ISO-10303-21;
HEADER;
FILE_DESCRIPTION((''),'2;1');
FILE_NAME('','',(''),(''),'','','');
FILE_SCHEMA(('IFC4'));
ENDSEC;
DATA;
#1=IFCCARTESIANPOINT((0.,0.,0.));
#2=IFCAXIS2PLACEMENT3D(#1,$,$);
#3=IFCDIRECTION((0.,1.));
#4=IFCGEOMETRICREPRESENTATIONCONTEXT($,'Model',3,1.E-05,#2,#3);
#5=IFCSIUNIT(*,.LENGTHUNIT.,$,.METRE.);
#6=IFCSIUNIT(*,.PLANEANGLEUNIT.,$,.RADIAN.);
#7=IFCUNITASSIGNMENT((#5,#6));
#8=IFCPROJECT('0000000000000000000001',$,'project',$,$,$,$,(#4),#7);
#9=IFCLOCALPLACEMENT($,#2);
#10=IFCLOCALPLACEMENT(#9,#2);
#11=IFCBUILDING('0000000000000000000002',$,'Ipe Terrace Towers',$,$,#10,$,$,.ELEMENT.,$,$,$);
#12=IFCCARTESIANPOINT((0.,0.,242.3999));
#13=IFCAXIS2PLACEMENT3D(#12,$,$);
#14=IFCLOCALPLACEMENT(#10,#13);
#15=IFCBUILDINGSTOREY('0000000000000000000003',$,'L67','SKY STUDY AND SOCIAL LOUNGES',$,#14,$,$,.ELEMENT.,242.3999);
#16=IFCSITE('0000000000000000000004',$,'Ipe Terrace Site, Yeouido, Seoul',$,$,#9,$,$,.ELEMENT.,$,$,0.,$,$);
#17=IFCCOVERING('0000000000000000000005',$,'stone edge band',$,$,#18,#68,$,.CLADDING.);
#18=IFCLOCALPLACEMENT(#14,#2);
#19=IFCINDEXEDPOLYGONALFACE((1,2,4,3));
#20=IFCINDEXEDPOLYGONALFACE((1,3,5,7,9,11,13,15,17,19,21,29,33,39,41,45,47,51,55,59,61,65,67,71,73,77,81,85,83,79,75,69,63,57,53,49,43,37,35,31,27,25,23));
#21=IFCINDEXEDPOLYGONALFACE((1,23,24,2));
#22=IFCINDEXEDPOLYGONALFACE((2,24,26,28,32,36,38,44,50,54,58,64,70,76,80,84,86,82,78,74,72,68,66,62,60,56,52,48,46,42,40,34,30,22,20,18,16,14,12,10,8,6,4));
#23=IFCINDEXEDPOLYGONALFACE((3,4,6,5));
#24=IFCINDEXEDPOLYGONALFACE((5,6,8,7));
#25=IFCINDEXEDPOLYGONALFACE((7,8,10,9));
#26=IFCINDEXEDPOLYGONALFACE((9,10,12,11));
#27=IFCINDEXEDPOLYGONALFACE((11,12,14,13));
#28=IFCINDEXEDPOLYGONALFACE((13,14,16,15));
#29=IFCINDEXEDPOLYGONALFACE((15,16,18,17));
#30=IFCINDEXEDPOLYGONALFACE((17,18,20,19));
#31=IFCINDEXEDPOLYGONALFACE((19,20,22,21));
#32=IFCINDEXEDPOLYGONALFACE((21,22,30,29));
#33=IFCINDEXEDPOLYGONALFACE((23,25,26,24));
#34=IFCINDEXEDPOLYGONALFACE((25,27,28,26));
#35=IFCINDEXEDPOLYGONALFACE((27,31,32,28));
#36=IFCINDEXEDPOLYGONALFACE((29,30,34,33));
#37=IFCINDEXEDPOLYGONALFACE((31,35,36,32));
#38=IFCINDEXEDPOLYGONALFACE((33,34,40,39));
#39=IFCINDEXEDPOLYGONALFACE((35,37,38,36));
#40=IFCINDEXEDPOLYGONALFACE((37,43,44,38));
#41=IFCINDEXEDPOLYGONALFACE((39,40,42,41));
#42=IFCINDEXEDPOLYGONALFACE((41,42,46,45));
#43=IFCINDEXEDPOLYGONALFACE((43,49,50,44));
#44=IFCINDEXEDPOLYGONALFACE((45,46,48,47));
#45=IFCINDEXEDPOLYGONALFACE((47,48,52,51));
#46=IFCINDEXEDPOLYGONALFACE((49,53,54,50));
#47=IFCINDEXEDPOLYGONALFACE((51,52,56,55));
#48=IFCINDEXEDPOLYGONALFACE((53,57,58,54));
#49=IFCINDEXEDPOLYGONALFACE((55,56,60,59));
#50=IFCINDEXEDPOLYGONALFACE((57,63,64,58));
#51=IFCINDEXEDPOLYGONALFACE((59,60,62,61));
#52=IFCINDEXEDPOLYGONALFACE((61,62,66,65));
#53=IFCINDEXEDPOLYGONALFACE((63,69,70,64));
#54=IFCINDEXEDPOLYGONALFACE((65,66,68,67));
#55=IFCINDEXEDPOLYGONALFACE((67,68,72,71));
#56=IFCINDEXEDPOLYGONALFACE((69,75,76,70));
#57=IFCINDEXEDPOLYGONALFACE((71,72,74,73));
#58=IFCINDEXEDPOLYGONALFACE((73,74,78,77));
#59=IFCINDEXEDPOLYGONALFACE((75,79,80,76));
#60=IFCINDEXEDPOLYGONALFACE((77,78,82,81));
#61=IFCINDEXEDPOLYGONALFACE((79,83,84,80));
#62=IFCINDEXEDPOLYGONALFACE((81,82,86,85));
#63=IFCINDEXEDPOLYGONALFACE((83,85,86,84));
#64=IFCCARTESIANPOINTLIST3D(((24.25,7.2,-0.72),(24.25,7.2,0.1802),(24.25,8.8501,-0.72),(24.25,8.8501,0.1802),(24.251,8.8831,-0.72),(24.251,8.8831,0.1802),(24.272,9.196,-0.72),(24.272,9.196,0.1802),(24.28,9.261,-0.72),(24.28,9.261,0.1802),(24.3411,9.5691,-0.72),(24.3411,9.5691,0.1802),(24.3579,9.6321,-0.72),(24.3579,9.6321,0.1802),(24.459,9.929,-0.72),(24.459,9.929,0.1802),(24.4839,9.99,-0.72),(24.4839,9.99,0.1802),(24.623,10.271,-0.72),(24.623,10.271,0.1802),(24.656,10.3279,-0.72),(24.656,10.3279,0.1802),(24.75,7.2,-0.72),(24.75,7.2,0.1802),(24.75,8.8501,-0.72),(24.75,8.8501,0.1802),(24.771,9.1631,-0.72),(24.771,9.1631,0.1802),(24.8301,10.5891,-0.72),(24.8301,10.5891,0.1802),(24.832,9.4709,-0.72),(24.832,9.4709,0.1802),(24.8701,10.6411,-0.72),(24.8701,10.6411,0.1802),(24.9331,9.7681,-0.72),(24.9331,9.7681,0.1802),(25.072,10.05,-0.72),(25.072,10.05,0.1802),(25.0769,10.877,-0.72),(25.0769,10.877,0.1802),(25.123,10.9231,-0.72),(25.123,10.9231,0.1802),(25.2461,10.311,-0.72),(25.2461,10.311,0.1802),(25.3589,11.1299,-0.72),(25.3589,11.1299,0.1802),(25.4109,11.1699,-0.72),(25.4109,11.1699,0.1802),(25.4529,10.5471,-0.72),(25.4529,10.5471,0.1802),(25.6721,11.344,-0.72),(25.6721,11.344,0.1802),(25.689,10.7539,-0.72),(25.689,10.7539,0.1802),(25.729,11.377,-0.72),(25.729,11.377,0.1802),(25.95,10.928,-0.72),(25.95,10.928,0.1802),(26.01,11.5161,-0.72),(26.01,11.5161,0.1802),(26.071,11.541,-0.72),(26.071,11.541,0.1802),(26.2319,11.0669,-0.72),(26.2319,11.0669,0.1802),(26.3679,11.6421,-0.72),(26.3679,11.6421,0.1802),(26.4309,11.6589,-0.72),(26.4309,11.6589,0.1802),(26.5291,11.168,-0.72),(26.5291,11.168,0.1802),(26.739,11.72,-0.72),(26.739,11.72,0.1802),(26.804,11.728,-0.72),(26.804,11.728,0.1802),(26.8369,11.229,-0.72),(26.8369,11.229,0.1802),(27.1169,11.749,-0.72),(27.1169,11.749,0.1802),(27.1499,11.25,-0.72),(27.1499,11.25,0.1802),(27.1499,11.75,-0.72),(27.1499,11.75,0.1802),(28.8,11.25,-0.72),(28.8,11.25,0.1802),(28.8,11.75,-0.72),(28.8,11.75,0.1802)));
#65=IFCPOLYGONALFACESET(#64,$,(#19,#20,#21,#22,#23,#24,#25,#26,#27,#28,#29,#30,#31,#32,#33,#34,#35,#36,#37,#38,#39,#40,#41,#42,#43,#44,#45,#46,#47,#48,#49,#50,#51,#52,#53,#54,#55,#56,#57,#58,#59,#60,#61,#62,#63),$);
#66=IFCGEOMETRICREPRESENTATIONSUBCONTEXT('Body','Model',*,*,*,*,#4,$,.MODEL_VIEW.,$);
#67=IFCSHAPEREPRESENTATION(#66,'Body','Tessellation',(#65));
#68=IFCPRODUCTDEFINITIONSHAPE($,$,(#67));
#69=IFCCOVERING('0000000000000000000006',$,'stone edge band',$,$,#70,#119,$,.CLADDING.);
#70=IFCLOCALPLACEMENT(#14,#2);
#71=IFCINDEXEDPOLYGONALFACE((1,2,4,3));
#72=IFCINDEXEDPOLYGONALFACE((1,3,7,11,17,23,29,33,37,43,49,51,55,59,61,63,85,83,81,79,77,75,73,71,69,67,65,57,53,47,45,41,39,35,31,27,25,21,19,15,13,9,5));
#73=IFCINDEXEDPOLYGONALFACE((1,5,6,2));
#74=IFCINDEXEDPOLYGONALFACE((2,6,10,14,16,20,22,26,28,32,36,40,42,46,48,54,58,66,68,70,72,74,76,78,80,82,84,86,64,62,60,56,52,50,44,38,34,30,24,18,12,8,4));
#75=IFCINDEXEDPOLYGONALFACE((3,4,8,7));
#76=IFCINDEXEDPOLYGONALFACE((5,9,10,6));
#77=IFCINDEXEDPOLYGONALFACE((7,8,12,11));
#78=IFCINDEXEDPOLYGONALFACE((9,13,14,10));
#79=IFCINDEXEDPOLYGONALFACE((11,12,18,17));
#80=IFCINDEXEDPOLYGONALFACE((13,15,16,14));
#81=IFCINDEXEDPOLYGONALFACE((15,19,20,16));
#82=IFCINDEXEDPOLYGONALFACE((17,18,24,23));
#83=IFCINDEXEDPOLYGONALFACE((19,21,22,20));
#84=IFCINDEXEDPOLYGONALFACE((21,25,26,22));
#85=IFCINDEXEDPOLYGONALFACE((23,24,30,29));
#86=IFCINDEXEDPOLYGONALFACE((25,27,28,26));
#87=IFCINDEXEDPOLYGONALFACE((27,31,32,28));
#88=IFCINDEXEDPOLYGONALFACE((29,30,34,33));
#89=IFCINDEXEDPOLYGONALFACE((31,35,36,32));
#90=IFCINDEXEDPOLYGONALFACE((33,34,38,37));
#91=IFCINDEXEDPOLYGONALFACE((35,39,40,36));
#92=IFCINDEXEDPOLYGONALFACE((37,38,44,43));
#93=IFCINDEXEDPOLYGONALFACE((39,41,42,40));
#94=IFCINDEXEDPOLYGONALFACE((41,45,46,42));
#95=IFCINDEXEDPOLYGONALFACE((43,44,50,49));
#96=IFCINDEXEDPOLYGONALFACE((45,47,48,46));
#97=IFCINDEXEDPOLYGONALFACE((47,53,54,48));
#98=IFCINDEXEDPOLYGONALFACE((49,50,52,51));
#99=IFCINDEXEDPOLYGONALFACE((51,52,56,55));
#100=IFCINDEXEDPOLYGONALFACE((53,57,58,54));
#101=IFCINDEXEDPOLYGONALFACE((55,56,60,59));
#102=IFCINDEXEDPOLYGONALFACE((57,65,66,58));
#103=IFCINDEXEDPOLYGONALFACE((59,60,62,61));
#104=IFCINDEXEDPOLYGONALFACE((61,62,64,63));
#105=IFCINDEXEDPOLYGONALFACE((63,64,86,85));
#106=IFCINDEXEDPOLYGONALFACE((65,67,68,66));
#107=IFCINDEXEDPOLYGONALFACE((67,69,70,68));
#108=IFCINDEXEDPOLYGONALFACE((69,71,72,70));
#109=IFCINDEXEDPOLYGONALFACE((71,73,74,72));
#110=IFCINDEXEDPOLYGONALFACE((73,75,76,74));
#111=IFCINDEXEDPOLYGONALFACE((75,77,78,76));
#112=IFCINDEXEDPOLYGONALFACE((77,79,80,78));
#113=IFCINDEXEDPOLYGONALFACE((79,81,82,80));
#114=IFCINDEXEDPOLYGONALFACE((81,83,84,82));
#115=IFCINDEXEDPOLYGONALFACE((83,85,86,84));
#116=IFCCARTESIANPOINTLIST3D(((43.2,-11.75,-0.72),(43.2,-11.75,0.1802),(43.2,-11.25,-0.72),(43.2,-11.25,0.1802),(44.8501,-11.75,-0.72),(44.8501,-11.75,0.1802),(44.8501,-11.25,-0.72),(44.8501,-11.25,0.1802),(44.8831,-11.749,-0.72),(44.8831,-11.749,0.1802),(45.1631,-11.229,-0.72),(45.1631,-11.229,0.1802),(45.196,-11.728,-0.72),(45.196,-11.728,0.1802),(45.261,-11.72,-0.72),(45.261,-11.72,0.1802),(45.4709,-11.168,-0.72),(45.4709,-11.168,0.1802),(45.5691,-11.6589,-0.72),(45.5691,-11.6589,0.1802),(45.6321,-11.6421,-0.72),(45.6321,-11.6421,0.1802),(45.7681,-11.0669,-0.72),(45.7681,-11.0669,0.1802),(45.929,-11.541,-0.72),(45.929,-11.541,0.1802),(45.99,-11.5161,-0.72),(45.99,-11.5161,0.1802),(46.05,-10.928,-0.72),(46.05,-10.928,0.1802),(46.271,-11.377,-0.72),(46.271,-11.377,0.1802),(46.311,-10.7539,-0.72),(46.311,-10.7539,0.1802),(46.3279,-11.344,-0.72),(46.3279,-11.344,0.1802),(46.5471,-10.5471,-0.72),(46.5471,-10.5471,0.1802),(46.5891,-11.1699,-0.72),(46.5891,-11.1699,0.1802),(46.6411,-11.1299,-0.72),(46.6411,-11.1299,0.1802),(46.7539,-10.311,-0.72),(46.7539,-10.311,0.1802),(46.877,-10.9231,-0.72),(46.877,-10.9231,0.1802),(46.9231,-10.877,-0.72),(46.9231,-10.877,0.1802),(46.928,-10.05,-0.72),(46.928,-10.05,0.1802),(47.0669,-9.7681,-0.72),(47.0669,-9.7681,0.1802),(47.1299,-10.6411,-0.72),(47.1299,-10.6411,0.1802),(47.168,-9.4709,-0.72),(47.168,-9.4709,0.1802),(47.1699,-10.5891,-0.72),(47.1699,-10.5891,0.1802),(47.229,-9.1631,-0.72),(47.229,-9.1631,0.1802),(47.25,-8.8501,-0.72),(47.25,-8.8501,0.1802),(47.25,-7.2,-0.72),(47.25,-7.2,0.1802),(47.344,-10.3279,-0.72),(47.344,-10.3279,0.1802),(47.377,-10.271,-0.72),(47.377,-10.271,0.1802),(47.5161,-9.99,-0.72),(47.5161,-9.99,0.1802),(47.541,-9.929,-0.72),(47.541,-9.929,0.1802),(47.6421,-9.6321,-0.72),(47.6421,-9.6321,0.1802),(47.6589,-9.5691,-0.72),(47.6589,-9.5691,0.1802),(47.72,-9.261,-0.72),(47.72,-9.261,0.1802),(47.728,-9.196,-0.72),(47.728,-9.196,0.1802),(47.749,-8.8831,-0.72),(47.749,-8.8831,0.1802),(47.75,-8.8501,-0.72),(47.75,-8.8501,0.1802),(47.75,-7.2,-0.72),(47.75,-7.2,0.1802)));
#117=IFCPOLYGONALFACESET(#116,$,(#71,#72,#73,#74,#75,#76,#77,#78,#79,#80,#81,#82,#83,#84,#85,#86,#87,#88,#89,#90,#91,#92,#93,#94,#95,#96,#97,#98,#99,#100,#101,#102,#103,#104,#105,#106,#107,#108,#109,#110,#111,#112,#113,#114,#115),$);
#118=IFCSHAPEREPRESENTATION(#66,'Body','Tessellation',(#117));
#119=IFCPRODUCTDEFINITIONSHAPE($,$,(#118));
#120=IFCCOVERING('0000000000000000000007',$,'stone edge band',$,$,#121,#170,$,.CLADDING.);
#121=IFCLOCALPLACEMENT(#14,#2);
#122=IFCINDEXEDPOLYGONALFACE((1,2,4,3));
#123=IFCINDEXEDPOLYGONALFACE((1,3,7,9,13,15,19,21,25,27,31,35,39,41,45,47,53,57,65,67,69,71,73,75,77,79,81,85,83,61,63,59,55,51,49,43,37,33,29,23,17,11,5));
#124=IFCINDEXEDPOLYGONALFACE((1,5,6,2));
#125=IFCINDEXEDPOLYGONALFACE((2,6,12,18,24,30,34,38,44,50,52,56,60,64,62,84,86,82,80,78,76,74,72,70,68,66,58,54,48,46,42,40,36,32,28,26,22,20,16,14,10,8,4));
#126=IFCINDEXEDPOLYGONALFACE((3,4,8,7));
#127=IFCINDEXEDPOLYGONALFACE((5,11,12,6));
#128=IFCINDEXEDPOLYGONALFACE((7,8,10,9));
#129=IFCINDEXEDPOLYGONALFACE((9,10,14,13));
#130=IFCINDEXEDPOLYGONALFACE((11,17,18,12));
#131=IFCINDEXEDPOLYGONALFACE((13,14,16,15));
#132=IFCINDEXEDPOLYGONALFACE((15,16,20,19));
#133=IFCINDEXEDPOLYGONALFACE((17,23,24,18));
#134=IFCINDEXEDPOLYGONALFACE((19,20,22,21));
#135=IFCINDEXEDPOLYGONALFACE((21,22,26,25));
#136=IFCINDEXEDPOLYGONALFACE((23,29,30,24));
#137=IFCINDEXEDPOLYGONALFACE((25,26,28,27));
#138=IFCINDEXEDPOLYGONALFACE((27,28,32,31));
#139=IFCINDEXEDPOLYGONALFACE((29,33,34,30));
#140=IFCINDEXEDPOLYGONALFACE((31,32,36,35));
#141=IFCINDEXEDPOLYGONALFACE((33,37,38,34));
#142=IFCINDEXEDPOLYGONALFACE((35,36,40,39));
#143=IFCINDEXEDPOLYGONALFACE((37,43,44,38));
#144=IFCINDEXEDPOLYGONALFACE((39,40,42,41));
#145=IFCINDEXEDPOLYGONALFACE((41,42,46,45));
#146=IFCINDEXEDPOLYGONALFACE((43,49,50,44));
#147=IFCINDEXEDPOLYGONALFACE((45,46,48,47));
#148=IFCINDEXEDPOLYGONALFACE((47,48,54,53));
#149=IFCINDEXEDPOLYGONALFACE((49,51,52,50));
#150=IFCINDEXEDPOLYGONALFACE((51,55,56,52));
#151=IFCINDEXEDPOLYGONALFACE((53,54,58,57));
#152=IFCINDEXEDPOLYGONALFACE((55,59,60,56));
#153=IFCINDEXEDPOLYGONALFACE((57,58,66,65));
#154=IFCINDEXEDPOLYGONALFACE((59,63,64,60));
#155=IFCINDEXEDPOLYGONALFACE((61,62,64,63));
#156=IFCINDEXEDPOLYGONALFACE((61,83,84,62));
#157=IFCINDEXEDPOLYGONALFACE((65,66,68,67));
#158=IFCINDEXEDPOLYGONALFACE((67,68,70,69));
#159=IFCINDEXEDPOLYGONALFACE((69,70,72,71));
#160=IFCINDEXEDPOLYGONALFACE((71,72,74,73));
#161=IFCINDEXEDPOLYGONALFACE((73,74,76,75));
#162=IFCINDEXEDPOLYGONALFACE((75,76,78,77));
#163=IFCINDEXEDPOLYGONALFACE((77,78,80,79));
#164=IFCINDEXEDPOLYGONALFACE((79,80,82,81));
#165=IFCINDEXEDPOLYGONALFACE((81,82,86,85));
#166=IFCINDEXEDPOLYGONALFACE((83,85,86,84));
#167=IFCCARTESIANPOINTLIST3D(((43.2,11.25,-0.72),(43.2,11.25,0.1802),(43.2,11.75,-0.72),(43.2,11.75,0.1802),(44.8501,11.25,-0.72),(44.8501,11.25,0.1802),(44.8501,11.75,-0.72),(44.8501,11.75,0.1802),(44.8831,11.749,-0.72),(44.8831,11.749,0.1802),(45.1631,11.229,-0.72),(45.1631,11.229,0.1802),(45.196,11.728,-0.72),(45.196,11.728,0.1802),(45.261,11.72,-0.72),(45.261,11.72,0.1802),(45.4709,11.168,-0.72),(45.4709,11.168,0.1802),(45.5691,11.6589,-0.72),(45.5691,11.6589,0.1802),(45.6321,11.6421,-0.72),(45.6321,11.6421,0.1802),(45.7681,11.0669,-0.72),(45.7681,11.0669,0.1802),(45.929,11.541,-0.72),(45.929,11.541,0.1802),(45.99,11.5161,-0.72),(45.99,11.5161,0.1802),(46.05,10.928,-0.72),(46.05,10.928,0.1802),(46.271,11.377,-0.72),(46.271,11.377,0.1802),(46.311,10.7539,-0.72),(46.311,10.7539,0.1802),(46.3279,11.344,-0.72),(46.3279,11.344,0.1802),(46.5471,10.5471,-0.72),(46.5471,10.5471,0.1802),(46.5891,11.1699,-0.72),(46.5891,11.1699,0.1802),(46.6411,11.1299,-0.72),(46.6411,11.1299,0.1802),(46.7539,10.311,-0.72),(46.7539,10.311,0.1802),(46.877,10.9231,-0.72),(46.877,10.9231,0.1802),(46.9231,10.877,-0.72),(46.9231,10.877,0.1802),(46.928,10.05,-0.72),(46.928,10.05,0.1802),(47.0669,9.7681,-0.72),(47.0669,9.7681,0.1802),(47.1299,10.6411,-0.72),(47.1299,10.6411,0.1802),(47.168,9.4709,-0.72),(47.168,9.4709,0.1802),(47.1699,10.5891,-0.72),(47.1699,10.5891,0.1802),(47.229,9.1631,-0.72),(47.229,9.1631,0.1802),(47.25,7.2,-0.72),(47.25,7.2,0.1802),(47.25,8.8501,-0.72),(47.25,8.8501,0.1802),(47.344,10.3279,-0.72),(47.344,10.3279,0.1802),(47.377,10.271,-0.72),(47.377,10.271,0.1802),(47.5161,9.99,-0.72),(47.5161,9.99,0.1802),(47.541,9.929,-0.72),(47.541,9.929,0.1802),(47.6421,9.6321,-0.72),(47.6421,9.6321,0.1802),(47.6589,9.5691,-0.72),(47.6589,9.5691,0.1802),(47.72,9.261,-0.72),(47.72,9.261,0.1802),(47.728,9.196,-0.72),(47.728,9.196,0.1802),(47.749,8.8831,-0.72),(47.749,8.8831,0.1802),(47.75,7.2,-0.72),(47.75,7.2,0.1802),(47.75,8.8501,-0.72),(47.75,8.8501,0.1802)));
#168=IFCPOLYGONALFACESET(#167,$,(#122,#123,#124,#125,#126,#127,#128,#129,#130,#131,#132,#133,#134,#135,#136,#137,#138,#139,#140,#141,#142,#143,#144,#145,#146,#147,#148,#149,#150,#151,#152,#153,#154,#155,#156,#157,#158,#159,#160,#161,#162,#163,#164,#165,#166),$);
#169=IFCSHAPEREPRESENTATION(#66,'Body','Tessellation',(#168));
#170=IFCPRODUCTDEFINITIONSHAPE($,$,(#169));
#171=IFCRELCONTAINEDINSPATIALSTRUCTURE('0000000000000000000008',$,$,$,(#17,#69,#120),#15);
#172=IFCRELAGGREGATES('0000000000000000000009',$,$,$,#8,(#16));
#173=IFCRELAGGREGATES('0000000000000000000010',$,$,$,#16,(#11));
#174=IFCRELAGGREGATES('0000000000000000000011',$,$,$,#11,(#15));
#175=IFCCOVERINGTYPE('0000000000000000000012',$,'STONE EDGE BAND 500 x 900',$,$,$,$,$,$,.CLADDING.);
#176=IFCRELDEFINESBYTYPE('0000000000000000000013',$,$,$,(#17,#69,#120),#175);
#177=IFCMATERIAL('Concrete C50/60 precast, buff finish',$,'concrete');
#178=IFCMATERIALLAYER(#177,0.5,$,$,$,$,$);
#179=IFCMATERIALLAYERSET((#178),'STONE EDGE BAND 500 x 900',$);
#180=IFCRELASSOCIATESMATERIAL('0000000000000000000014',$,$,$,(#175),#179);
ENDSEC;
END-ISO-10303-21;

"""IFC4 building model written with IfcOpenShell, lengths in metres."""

from ifc_helpers import new_model, si_unit, direction, frame, origin, place, context, subcontext, project, spatial, polyline, outline, extrude, material, layer, layer_set, type_object, element, save


model = new_model("IFC4")

# Units and contexts
model_context = context("Model", 3, precision=1e-05, world=origin(), true_north=direction((0.0, 1.0)))
body_context = subcontext(model_context, "Body", "Model", "MODEL_VIEW")
ifc_project = project(units=[si_unit("LENGTHUNIT", "METRE"), si_unit("PLANEANGLEUNIT", "RADIAN")], contexts=[model_context])

# Site, building, storey
site_placement = place(None, origin())
site = spatial("IfcSite", under=ifc_project, at=site_placement, Name="Ipe Terrace Site, Yeouido, Seoul", CompositionType="ELEMENT", RefElevation=0.0)
building_placement = place(site_placement, origin())
building = spatial("IfcBuilding", under=site, at=building_placement, Name="Ipe Terrace Towers", CompositionType="ELEMENT")
storey_placement = place(building_placement, frame((0.0, 0.0, 242.3999)))
storey = spatial("IfcBuildingStorey", under=building, at=storey_placement, Name="L67", Description="SKY STUDY AND SOCIAL LOUNGES", CompositionType="ELEMENT", Elevation=242.3999)

# Coverings
ifc_material_1 = material(Name="Concrete C50/60 precast, buff finish", Category="concrete")
ifc_layer_1 = layer(ifc_material_1, 0.5)
ifc_layer_set_1 = layer_set([ifc_layer_1], Name="STONE EDGE BAND 500 x 900")
covering_type = type_object("IfcCoveringType", Name="STONE EDGE BAND 500 x 900", PredefinedType="CLADDING", material=ifc_layer_set_1)
covering_1_placement = place(storey_placement, frame((0.0, 0.0, -0.72)))
element("IfcCovering", 1, at=covering_1_placement, inside=storey, type_object=covering_type, Name="stone edge band", PredefinedType="CLADDING", context=body_context, shape_type="SweptSolid", body=[
    extrude(outline(polyline([(24.25, 8.8501), (24.25, 7.2), (24.75, 7.2), (24.75, 8.8501), (24.771, 9.1631), (24.832, 9.4709), (24.9331, 9.7681), (25.072, 10.05), (25.2461, 10.311), (25.4529, 10.5471), (25.689, 10.7539), (25.95, 10.928), (26.2319, 11.0669), (26.5291, 11.168), (26.8369, 11.229), (27.1499, 11.25), (28.8, 11.25), (28.8, 11.75), (27.1499, 11.75), (27.1169, 11.749), (26.804, 11.728), (26.739, 11.72), (26.4309, 11.6589), (26.3679, 11.6421), (26.071, 11.541), (26.01, 11.5161), (25.729, 11.377), (25.6721, 11.344), (25.4109, 11.1699), (25.3589, 11.1299), (25.123, 10.9231), (25.0769, 10.877), (24.8701, 10.6411), (24.8301, 10.5891), (24.656, 10.3279), (24.623, 10.271), (24.4839, 9.99), (24.459, 9.929), (24.3579, 9.6321), (24.3411, 9.5691), (24.28, 9.261), (24.272, 9.196), (24.251, 8.8831), (24.25, 8.8501)])), origin(), (0.0, 0.0, 1.0), 0.9001),
])
covering_2_placement = place(storey_placement, frame((0.0, 0.0, -0.72)))
element("IfcCovering", 2, at=covering_2_placement, inside=storey, type_object=covering_type, Name="stone edge band", PredefinedType="CLADDING", context=body_context, shape_type="SweptSolid", body=[
    extrude(outline(polyline([(47.75, -8.8501), (47.75, -7.2), (47.25, -7.2), (47.25, -8.8501), (47.229, -9.1631), (47.168, -9.4709), (47.0669, -9.7681), (46.928, -10.05), (46.7539, -10.311), (46.5471, -10.5471), (46.311, -10.7539), (46.05, -10.928), (45.7681, -11.0669), (45.4709, -11.168), (45.1631, -11.229), (44.8501, -11.25), (43.2, -11.25), (43.2, -11.75), (44.8501, -11.75), (44.8831, -11.749), (45.196, -11.728), (45.261, -11.72), (45.5691, -11.6589), (45.6321, -11.6421), (45.929, -11.541), (45.99, -11.5161), (46.271, -11.377), (46.3279, -11.344), (46.5891, -11.1699), (46.6411, -11.1299), (46.877, -10.9231), (46.9231, -10.877), (47.1299, -10.6411), (47.1699, -10.5891), (47.344, -10.3279), (47.377, -10.271), (47.5161, -9.99), (47.541, -9.929), (47.6421, -9.6321), (47.6589, -9.5691), (47.72, -9.261), (47.728, -9.196), (47.749, -8.8831), (47.75, -8.8501)])), origin(), (0.0, 0.0, 1.0), 0.9001),
])
covering_3_placement = place(storey_placement, frame((0.0, 0.0, -0.72)))
element("IfcCovering", 3, at=covering_3_placement, inside=storey, type_object=covering_type, Name="stone edge band", PredefinedType="CLADDING", context=body_context, shape_type="SweptSolid", body=[
    extrude(outline(polyline([(47.75, 8.8501), (47.749, 8.8831), (47.728, 9.196), (47.72, 9.261), (47.6589, 9.5691), (47.6421, 9.6321), (47.541, 9.929), (47.5161, 9.99), (47.377, 10.271), (47.344, 10.3279), (47.1699, 10.5891), (47.1299, 10.6411), (46.9231, 10.877), (46.877, 10.9231), (46.6411, 11.1299), (46.5891, 11.1699), (46.3279, 11.344), (46.271, 11.377), (45.99, 11.5161), (45.929, 11.541), (45.6321, 11.6421), (45.5691, 11.6589), (45.261, 11.72), (45.196, 11.728), (44.8831, 11.749), (44.8501, 11.75), (43.2, 11.75), (43.2, 11.25), (44.8501, 11.25), (45.1631, 11.229), (45.4709, 11.168), (45.7681, 11.0669), (46.05, 10.928), (46.311, 10.7539), (46.5471, 10.5471), (46.7539, 10.311), (46.928, 10.05), (47.0669, 9.7681), (47.168, 9.4709), (47.229, 9.1631), (47.25, 8.8501), (47.25, 7.2), (47.75, 7.2), (47.75, 8.8501)])), origin(), (0.0, 0.0, 1.0), 0.9001),
])

save(model, "model.ifc")
